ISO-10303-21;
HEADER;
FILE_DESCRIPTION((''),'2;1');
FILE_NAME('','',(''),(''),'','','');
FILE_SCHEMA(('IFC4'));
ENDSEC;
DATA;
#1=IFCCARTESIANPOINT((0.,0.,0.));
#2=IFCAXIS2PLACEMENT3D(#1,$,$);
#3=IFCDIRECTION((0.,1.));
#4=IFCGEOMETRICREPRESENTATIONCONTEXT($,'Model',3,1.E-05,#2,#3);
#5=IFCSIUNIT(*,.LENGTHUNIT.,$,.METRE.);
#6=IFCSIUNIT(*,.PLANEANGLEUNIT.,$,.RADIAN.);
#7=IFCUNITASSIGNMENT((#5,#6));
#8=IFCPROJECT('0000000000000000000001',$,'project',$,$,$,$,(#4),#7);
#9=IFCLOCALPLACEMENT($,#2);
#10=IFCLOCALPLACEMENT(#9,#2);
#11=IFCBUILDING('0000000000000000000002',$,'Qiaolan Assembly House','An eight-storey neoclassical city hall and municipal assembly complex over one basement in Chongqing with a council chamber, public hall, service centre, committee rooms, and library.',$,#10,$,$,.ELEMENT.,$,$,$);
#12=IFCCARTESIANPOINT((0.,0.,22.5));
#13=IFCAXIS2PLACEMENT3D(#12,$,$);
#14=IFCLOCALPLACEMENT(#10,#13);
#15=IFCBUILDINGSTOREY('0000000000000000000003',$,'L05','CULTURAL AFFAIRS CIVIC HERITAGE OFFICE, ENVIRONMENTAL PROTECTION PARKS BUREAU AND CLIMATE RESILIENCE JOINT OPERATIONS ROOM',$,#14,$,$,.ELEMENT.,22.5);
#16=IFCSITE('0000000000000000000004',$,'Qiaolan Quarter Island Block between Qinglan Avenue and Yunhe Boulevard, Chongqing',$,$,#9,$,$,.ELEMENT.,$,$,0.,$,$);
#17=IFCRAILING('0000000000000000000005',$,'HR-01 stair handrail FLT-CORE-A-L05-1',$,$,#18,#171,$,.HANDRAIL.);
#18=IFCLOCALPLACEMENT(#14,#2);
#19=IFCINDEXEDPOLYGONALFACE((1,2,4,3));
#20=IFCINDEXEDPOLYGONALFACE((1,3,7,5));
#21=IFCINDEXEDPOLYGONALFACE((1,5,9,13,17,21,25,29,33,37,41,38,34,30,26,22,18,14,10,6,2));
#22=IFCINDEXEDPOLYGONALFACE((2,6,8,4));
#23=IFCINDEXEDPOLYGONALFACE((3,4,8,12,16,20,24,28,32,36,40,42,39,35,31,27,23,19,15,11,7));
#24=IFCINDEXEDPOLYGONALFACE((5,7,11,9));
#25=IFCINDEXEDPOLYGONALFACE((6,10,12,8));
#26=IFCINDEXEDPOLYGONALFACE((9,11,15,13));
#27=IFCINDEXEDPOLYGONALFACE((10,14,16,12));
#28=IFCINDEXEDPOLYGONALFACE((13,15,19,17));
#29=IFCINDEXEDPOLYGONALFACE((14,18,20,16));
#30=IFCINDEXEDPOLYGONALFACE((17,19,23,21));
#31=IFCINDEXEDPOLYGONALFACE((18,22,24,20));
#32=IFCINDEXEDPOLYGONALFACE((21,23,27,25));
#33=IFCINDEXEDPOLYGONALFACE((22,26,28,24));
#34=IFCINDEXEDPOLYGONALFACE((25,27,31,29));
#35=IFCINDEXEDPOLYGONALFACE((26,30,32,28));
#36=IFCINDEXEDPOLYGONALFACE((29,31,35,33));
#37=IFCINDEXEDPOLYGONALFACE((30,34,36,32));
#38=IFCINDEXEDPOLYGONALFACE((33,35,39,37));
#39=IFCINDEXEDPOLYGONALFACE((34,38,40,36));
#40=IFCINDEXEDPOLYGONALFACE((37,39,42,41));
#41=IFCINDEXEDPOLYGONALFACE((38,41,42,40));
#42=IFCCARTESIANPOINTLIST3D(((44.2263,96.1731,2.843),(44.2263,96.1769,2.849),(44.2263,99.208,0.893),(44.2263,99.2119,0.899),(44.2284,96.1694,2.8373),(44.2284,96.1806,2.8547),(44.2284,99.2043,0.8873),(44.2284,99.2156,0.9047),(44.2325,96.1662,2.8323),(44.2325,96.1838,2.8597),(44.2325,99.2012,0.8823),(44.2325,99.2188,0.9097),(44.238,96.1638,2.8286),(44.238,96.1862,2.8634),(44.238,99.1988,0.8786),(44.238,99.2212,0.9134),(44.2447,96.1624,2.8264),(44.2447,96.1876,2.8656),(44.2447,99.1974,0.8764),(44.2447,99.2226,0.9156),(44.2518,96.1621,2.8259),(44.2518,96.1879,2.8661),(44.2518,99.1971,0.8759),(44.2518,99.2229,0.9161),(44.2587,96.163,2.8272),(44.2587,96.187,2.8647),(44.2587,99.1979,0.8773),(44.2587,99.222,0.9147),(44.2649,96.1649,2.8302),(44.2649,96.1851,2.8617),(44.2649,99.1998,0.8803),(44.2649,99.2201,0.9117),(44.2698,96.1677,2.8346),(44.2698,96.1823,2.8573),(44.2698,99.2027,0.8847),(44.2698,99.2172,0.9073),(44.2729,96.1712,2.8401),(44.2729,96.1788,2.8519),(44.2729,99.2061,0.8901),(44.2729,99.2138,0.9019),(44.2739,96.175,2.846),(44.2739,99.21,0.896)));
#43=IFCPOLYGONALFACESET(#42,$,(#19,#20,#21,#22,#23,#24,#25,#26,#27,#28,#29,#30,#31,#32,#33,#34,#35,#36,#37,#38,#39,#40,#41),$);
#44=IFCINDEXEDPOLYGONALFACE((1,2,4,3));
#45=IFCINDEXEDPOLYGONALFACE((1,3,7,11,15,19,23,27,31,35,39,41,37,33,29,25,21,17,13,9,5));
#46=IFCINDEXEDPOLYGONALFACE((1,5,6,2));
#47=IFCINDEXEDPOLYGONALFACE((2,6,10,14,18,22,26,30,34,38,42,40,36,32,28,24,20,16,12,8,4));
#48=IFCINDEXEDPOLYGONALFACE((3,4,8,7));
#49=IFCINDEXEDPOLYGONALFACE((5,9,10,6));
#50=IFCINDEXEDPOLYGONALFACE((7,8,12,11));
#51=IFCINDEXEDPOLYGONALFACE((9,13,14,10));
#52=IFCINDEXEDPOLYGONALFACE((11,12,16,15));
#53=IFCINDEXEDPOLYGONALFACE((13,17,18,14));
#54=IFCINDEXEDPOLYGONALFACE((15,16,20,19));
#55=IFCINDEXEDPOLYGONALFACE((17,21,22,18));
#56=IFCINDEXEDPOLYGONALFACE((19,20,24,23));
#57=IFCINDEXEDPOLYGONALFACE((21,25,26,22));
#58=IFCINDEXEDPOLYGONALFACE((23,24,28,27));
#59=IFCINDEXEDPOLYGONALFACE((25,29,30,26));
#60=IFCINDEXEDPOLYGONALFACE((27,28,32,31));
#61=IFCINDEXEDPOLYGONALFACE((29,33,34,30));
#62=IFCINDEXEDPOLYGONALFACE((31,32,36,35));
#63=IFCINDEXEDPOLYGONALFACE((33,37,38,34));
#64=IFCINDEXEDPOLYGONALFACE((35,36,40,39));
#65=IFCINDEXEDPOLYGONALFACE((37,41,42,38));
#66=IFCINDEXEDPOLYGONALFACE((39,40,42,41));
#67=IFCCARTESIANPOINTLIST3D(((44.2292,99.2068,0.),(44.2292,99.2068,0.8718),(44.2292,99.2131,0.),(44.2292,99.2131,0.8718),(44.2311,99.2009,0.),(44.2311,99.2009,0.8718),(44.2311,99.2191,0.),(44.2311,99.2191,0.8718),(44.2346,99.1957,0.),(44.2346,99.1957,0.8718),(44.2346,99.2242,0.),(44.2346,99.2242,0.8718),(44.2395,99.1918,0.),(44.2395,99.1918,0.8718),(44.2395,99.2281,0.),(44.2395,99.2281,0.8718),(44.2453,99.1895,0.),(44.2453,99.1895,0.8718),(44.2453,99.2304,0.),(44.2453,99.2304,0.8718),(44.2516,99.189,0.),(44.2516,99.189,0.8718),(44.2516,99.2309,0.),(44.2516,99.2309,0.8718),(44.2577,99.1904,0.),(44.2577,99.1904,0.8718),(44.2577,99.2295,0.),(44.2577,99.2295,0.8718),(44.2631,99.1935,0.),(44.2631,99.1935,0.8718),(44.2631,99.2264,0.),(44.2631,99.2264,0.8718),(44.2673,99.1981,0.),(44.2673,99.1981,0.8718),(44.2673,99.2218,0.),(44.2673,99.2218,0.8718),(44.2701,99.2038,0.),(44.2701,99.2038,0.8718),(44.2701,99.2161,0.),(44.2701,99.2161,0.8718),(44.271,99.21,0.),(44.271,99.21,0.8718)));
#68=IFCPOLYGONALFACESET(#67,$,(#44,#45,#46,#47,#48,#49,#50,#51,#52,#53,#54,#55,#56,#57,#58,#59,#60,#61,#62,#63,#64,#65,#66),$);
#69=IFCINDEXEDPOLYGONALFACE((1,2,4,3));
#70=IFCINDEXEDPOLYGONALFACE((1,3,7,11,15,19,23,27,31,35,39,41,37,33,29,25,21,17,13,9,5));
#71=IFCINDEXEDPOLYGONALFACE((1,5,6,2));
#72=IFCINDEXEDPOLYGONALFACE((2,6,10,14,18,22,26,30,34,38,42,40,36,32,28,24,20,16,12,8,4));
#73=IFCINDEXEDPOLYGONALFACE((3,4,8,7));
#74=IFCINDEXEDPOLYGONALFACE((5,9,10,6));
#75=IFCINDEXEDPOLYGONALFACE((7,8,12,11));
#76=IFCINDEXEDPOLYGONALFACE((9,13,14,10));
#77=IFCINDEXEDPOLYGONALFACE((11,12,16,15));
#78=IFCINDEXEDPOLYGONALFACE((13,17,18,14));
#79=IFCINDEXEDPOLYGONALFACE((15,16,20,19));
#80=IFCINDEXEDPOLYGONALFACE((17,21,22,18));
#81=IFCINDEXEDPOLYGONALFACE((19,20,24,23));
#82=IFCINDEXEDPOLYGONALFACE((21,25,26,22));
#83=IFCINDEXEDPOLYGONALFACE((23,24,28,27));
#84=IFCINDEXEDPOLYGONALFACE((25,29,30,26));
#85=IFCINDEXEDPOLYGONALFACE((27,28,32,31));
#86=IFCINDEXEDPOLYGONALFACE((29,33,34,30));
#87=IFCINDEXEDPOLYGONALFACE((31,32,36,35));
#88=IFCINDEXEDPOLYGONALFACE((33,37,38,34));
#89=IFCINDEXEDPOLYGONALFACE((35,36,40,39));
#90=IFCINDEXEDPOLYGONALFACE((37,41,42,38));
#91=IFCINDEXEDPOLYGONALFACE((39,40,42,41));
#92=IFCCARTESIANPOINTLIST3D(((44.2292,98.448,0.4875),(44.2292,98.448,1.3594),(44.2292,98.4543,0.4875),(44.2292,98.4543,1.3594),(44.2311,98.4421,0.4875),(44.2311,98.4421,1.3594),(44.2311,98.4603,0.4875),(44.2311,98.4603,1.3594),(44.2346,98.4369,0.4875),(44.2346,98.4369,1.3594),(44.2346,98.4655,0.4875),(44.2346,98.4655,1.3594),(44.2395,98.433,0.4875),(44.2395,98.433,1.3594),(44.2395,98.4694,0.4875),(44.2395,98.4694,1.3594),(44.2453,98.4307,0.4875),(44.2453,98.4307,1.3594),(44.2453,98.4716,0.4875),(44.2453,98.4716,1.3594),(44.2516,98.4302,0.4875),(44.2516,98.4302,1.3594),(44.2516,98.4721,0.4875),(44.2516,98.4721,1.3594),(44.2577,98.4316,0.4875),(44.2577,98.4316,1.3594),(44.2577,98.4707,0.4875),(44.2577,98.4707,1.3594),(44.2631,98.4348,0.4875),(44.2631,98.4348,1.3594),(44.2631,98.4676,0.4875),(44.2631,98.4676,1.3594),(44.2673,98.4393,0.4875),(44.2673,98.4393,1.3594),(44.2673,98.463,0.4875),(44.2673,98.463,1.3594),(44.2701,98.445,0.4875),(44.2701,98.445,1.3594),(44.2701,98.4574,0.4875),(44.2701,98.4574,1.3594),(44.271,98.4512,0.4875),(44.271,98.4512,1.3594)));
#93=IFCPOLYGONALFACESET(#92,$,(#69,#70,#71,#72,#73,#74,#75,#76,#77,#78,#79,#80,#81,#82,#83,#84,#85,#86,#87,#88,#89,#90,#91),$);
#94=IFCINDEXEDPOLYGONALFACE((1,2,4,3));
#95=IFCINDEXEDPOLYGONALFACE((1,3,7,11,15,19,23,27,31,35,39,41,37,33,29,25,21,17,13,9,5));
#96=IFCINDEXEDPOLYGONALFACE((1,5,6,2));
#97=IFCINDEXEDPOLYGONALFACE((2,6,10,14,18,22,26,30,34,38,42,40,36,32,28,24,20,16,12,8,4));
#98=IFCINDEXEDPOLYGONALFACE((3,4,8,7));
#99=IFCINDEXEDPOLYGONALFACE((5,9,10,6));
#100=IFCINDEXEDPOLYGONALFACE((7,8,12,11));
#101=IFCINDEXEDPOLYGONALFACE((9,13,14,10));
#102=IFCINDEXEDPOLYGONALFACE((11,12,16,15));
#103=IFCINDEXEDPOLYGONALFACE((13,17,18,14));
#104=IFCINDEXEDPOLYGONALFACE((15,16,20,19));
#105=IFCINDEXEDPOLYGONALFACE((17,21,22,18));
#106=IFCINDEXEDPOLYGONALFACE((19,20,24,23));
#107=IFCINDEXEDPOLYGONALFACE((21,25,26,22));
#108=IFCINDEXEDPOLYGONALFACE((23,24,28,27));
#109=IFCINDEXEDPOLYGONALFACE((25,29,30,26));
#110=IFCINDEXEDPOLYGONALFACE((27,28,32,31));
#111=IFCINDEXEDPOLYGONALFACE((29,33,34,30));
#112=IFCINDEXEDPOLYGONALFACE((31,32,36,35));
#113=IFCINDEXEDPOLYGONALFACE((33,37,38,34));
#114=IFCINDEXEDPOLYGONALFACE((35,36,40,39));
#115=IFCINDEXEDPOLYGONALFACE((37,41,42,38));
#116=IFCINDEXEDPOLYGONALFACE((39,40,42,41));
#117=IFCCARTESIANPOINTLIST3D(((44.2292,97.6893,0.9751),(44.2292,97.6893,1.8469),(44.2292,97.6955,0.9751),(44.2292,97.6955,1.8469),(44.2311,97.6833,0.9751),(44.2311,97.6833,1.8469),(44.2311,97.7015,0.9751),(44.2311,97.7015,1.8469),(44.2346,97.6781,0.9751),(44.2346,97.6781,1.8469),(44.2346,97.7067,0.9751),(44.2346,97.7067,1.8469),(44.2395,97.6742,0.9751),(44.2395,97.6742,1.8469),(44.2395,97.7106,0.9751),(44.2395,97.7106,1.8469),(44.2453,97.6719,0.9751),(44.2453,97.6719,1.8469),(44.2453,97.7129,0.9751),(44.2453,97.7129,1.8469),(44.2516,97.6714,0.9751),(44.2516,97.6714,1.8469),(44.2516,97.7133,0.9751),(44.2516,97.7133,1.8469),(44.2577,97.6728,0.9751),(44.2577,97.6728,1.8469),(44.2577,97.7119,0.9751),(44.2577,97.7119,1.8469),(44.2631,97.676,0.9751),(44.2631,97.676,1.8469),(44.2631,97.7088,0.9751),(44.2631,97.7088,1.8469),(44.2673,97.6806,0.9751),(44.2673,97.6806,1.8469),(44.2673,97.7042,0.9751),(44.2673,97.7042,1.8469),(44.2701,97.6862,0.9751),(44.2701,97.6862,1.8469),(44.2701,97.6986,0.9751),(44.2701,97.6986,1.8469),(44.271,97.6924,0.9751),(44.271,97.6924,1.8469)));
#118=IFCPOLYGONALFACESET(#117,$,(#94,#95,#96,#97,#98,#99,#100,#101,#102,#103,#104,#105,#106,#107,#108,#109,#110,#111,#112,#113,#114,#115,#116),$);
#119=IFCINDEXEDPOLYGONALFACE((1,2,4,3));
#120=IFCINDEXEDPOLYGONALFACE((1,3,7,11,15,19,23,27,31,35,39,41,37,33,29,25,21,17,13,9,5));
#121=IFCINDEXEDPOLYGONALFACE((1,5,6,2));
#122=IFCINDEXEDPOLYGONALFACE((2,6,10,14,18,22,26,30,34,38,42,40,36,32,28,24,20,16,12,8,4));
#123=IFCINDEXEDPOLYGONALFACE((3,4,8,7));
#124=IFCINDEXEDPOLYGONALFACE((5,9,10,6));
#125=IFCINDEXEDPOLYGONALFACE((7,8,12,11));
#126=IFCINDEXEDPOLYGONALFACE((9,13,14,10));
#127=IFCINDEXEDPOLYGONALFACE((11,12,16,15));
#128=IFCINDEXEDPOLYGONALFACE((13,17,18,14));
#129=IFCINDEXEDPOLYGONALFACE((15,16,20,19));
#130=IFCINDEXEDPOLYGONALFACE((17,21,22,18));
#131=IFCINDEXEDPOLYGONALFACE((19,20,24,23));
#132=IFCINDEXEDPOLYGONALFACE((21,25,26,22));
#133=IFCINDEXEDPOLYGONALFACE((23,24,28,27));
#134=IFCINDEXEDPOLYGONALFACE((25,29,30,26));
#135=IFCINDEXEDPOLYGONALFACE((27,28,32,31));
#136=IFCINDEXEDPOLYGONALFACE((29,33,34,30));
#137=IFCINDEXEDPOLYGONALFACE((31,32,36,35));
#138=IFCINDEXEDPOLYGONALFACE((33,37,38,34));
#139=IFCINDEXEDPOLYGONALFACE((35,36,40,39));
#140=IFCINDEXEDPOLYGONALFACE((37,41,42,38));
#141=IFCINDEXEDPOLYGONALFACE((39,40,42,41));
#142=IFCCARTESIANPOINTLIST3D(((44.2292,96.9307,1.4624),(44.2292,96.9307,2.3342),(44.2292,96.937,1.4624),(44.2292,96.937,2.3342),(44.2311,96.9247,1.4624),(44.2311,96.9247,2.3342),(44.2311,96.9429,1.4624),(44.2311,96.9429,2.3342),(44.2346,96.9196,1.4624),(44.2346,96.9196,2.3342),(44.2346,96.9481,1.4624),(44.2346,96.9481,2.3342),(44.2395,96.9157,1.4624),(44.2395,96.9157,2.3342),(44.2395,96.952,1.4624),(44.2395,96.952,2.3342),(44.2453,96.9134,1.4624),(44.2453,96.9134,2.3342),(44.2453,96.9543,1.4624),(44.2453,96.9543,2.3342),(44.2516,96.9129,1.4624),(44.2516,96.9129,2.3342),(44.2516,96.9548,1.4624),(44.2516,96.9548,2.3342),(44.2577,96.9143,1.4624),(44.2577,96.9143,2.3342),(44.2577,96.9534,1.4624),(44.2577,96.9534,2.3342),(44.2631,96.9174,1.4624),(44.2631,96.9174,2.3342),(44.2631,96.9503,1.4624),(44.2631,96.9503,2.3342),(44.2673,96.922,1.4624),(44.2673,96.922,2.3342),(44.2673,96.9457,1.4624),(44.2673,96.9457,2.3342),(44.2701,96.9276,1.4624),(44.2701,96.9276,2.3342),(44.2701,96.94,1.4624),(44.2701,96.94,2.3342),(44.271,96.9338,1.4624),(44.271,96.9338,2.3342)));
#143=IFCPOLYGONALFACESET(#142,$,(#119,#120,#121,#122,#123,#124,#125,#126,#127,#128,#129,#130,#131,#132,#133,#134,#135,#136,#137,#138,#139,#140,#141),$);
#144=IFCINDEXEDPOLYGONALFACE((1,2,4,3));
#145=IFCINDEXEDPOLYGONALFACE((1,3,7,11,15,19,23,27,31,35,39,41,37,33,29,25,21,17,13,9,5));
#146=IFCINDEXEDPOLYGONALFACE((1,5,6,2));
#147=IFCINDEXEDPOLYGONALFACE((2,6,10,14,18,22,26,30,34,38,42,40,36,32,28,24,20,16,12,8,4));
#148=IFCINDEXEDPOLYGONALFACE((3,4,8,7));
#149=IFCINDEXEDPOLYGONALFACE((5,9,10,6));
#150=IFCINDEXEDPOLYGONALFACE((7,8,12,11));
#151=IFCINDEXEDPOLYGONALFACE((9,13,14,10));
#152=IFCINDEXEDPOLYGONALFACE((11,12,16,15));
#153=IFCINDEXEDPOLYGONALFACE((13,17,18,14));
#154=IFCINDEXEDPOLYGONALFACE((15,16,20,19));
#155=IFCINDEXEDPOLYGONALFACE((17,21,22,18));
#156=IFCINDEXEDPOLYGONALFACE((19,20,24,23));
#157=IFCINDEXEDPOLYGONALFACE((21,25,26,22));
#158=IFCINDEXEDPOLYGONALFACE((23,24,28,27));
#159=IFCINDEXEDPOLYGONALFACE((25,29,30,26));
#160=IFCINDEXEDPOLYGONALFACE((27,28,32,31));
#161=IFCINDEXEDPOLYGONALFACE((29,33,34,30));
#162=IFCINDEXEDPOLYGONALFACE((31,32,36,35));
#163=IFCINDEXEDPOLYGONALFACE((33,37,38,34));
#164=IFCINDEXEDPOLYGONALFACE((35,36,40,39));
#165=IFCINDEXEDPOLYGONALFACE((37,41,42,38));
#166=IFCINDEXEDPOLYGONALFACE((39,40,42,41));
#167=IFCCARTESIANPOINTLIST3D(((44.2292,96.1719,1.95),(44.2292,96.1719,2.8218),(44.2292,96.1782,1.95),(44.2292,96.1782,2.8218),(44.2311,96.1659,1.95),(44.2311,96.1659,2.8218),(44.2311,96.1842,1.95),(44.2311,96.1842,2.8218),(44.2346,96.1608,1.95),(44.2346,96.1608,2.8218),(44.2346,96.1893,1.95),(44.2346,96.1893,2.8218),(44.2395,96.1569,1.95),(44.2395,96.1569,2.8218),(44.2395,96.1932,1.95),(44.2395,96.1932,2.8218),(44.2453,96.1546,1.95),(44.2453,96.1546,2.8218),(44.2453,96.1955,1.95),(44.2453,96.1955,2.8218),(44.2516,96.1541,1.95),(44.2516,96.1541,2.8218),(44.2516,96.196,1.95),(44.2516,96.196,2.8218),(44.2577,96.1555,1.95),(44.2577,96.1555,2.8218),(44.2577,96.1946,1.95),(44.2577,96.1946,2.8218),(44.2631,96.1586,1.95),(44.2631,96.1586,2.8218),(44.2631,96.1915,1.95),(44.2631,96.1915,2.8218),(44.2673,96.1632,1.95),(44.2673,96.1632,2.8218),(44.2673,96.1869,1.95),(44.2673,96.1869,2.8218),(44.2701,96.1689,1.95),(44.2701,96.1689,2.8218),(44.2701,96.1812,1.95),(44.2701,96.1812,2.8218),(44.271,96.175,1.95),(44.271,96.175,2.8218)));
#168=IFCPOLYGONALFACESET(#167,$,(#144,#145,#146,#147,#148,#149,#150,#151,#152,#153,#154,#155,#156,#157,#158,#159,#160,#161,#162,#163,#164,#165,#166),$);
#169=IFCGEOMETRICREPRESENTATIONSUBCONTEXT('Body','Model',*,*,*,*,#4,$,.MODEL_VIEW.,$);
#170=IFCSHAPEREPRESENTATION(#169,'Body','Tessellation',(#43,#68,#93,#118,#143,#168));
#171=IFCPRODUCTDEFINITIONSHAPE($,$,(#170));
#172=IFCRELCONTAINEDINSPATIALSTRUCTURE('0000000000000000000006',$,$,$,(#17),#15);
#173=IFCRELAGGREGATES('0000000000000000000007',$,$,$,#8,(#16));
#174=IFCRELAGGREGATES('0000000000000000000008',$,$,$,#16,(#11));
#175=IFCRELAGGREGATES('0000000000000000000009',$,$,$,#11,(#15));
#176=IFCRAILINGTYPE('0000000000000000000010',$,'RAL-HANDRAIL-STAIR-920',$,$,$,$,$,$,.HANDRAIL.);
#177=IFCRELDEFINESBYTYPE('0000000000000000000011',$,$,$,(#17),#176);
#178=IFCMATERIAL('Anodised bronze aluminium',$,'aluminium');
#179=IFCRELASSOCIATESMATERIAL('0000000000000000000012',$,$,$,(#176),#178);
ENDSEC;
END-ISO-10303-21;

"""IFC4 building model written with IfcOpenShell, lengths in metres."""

from ifc_helpers import new_model, si_unit, direction, frame, origin, origin_2d, place, context, subcontext, project, spatial, circle, extrude, material, type_object, element, save


model = new_model("IFC4")

# Units and contexts
model_context = context("Model", 3, precision=1e-05, world=origin(), true_north=direction((0.0, 1.0)))
body_context = subcontext(model_context, "Body", "Model", "MODEL_VIEW")
ifc_project = project(units=[si_unit("LENGTHUNIT", "METRE"), si_unit("PLANEANGLEUNIT", "RADIAN")], contexts=[model_context])

# Site, building, storey
site_placement = place(None, origin())
site = spatial("IfcSite", under=ifc_project, at=site_placement, Name="Qiaolan Quarter Island Block between Qinglan Avenue and Yunhe Boulevard, Chongqing", CompositionType="ELEMENT", RefElevation=0.0)
building_placement = place(site_placement, origin())
building = spatial("IfcBuilding", under=site, at=building_placement, Name="Qiaolan Assembly House", Description="An eight-storey neoclassical city hall and municipal assembly complex over one basement in Chongqing with a council chamber, public hall, service centre, committee rooms, and library.", CompositionType="ELEMENT")
storey_placement = place(building_placement, frame((0.0, 0.0, 22.5)))
storey = spatial("IfcBuildingStorey", under=building, at=storey_placement, Name="L05", Description="CULTURAL AFFAIRS CIVIC HERITAGE OFFICE, ENVIRONMENTAL PROTECTION PARKS BUREAU AND CLIMATE RESILIENCE JOINT OPERATIONS ROOM", CompositionType="ELEMENT", Elevation=22.5)

# Shared definitions
ifc_material_1 = material(Name="Anodised bronze aluminium", Category="aluminium")

# Railing
railing_type_1 = type_object("IfcRailingType", Name="RAL-HANDRAIL-STAIR-920", PredefinedType="HANDRAIL", material=ifc_material_1)
railing_1_placement = place(storey_placement, frame((44.25, 99.21, 0.0)))
element("IfcRailing", 1, at=railing_1_placement, inside=storey, type_object=railing_type_1, Name="HR-01 stair handrail FLT-CORE-A-L05-1", PredefinedType="HANDRAIL", context=body_context, shape_type="SweptSolid", body=[
    extrude(circle(Radius=0.0239, at=origin_2d()), frame((0.0, 0.0, 0.896), z_axis=(0.0, -0.841313, 0.540549), x_axis=(1.0, 0.0, 0.0)), (0.0, 0.0, 1.0), 3.6074),
    extrude(circle(Radius=0.021, at=origin_2d()), origin(), (0.0, 0.0, 1.0), 0.8718),
    extrude(circle(Radius=0.021, at=origin_2d()), frame((0.0, -0.7588, 0.4875)), (0.0, 0.0, 1.0), 0.8718),
    extrude(circle(Radius=0.021, at=origin_2d()), frame((0.0, -1.5176, 0.9751)), (0.0, 0.0, 1.0), 0.8718),
    extrude(circle(Radius=0.021, at=origin_2d()), frame((0.0, -2.2761, 1.4624)), (0.0, 0.0, 1.0), 0.8718),
    extrude(circle(Radius=0.021, at=origin_2d()), frame((0.0, -3.0349, 1.95)), (0.0, 0.0, 1.0), 0.8718),
])

save(model, "model.ifc")
